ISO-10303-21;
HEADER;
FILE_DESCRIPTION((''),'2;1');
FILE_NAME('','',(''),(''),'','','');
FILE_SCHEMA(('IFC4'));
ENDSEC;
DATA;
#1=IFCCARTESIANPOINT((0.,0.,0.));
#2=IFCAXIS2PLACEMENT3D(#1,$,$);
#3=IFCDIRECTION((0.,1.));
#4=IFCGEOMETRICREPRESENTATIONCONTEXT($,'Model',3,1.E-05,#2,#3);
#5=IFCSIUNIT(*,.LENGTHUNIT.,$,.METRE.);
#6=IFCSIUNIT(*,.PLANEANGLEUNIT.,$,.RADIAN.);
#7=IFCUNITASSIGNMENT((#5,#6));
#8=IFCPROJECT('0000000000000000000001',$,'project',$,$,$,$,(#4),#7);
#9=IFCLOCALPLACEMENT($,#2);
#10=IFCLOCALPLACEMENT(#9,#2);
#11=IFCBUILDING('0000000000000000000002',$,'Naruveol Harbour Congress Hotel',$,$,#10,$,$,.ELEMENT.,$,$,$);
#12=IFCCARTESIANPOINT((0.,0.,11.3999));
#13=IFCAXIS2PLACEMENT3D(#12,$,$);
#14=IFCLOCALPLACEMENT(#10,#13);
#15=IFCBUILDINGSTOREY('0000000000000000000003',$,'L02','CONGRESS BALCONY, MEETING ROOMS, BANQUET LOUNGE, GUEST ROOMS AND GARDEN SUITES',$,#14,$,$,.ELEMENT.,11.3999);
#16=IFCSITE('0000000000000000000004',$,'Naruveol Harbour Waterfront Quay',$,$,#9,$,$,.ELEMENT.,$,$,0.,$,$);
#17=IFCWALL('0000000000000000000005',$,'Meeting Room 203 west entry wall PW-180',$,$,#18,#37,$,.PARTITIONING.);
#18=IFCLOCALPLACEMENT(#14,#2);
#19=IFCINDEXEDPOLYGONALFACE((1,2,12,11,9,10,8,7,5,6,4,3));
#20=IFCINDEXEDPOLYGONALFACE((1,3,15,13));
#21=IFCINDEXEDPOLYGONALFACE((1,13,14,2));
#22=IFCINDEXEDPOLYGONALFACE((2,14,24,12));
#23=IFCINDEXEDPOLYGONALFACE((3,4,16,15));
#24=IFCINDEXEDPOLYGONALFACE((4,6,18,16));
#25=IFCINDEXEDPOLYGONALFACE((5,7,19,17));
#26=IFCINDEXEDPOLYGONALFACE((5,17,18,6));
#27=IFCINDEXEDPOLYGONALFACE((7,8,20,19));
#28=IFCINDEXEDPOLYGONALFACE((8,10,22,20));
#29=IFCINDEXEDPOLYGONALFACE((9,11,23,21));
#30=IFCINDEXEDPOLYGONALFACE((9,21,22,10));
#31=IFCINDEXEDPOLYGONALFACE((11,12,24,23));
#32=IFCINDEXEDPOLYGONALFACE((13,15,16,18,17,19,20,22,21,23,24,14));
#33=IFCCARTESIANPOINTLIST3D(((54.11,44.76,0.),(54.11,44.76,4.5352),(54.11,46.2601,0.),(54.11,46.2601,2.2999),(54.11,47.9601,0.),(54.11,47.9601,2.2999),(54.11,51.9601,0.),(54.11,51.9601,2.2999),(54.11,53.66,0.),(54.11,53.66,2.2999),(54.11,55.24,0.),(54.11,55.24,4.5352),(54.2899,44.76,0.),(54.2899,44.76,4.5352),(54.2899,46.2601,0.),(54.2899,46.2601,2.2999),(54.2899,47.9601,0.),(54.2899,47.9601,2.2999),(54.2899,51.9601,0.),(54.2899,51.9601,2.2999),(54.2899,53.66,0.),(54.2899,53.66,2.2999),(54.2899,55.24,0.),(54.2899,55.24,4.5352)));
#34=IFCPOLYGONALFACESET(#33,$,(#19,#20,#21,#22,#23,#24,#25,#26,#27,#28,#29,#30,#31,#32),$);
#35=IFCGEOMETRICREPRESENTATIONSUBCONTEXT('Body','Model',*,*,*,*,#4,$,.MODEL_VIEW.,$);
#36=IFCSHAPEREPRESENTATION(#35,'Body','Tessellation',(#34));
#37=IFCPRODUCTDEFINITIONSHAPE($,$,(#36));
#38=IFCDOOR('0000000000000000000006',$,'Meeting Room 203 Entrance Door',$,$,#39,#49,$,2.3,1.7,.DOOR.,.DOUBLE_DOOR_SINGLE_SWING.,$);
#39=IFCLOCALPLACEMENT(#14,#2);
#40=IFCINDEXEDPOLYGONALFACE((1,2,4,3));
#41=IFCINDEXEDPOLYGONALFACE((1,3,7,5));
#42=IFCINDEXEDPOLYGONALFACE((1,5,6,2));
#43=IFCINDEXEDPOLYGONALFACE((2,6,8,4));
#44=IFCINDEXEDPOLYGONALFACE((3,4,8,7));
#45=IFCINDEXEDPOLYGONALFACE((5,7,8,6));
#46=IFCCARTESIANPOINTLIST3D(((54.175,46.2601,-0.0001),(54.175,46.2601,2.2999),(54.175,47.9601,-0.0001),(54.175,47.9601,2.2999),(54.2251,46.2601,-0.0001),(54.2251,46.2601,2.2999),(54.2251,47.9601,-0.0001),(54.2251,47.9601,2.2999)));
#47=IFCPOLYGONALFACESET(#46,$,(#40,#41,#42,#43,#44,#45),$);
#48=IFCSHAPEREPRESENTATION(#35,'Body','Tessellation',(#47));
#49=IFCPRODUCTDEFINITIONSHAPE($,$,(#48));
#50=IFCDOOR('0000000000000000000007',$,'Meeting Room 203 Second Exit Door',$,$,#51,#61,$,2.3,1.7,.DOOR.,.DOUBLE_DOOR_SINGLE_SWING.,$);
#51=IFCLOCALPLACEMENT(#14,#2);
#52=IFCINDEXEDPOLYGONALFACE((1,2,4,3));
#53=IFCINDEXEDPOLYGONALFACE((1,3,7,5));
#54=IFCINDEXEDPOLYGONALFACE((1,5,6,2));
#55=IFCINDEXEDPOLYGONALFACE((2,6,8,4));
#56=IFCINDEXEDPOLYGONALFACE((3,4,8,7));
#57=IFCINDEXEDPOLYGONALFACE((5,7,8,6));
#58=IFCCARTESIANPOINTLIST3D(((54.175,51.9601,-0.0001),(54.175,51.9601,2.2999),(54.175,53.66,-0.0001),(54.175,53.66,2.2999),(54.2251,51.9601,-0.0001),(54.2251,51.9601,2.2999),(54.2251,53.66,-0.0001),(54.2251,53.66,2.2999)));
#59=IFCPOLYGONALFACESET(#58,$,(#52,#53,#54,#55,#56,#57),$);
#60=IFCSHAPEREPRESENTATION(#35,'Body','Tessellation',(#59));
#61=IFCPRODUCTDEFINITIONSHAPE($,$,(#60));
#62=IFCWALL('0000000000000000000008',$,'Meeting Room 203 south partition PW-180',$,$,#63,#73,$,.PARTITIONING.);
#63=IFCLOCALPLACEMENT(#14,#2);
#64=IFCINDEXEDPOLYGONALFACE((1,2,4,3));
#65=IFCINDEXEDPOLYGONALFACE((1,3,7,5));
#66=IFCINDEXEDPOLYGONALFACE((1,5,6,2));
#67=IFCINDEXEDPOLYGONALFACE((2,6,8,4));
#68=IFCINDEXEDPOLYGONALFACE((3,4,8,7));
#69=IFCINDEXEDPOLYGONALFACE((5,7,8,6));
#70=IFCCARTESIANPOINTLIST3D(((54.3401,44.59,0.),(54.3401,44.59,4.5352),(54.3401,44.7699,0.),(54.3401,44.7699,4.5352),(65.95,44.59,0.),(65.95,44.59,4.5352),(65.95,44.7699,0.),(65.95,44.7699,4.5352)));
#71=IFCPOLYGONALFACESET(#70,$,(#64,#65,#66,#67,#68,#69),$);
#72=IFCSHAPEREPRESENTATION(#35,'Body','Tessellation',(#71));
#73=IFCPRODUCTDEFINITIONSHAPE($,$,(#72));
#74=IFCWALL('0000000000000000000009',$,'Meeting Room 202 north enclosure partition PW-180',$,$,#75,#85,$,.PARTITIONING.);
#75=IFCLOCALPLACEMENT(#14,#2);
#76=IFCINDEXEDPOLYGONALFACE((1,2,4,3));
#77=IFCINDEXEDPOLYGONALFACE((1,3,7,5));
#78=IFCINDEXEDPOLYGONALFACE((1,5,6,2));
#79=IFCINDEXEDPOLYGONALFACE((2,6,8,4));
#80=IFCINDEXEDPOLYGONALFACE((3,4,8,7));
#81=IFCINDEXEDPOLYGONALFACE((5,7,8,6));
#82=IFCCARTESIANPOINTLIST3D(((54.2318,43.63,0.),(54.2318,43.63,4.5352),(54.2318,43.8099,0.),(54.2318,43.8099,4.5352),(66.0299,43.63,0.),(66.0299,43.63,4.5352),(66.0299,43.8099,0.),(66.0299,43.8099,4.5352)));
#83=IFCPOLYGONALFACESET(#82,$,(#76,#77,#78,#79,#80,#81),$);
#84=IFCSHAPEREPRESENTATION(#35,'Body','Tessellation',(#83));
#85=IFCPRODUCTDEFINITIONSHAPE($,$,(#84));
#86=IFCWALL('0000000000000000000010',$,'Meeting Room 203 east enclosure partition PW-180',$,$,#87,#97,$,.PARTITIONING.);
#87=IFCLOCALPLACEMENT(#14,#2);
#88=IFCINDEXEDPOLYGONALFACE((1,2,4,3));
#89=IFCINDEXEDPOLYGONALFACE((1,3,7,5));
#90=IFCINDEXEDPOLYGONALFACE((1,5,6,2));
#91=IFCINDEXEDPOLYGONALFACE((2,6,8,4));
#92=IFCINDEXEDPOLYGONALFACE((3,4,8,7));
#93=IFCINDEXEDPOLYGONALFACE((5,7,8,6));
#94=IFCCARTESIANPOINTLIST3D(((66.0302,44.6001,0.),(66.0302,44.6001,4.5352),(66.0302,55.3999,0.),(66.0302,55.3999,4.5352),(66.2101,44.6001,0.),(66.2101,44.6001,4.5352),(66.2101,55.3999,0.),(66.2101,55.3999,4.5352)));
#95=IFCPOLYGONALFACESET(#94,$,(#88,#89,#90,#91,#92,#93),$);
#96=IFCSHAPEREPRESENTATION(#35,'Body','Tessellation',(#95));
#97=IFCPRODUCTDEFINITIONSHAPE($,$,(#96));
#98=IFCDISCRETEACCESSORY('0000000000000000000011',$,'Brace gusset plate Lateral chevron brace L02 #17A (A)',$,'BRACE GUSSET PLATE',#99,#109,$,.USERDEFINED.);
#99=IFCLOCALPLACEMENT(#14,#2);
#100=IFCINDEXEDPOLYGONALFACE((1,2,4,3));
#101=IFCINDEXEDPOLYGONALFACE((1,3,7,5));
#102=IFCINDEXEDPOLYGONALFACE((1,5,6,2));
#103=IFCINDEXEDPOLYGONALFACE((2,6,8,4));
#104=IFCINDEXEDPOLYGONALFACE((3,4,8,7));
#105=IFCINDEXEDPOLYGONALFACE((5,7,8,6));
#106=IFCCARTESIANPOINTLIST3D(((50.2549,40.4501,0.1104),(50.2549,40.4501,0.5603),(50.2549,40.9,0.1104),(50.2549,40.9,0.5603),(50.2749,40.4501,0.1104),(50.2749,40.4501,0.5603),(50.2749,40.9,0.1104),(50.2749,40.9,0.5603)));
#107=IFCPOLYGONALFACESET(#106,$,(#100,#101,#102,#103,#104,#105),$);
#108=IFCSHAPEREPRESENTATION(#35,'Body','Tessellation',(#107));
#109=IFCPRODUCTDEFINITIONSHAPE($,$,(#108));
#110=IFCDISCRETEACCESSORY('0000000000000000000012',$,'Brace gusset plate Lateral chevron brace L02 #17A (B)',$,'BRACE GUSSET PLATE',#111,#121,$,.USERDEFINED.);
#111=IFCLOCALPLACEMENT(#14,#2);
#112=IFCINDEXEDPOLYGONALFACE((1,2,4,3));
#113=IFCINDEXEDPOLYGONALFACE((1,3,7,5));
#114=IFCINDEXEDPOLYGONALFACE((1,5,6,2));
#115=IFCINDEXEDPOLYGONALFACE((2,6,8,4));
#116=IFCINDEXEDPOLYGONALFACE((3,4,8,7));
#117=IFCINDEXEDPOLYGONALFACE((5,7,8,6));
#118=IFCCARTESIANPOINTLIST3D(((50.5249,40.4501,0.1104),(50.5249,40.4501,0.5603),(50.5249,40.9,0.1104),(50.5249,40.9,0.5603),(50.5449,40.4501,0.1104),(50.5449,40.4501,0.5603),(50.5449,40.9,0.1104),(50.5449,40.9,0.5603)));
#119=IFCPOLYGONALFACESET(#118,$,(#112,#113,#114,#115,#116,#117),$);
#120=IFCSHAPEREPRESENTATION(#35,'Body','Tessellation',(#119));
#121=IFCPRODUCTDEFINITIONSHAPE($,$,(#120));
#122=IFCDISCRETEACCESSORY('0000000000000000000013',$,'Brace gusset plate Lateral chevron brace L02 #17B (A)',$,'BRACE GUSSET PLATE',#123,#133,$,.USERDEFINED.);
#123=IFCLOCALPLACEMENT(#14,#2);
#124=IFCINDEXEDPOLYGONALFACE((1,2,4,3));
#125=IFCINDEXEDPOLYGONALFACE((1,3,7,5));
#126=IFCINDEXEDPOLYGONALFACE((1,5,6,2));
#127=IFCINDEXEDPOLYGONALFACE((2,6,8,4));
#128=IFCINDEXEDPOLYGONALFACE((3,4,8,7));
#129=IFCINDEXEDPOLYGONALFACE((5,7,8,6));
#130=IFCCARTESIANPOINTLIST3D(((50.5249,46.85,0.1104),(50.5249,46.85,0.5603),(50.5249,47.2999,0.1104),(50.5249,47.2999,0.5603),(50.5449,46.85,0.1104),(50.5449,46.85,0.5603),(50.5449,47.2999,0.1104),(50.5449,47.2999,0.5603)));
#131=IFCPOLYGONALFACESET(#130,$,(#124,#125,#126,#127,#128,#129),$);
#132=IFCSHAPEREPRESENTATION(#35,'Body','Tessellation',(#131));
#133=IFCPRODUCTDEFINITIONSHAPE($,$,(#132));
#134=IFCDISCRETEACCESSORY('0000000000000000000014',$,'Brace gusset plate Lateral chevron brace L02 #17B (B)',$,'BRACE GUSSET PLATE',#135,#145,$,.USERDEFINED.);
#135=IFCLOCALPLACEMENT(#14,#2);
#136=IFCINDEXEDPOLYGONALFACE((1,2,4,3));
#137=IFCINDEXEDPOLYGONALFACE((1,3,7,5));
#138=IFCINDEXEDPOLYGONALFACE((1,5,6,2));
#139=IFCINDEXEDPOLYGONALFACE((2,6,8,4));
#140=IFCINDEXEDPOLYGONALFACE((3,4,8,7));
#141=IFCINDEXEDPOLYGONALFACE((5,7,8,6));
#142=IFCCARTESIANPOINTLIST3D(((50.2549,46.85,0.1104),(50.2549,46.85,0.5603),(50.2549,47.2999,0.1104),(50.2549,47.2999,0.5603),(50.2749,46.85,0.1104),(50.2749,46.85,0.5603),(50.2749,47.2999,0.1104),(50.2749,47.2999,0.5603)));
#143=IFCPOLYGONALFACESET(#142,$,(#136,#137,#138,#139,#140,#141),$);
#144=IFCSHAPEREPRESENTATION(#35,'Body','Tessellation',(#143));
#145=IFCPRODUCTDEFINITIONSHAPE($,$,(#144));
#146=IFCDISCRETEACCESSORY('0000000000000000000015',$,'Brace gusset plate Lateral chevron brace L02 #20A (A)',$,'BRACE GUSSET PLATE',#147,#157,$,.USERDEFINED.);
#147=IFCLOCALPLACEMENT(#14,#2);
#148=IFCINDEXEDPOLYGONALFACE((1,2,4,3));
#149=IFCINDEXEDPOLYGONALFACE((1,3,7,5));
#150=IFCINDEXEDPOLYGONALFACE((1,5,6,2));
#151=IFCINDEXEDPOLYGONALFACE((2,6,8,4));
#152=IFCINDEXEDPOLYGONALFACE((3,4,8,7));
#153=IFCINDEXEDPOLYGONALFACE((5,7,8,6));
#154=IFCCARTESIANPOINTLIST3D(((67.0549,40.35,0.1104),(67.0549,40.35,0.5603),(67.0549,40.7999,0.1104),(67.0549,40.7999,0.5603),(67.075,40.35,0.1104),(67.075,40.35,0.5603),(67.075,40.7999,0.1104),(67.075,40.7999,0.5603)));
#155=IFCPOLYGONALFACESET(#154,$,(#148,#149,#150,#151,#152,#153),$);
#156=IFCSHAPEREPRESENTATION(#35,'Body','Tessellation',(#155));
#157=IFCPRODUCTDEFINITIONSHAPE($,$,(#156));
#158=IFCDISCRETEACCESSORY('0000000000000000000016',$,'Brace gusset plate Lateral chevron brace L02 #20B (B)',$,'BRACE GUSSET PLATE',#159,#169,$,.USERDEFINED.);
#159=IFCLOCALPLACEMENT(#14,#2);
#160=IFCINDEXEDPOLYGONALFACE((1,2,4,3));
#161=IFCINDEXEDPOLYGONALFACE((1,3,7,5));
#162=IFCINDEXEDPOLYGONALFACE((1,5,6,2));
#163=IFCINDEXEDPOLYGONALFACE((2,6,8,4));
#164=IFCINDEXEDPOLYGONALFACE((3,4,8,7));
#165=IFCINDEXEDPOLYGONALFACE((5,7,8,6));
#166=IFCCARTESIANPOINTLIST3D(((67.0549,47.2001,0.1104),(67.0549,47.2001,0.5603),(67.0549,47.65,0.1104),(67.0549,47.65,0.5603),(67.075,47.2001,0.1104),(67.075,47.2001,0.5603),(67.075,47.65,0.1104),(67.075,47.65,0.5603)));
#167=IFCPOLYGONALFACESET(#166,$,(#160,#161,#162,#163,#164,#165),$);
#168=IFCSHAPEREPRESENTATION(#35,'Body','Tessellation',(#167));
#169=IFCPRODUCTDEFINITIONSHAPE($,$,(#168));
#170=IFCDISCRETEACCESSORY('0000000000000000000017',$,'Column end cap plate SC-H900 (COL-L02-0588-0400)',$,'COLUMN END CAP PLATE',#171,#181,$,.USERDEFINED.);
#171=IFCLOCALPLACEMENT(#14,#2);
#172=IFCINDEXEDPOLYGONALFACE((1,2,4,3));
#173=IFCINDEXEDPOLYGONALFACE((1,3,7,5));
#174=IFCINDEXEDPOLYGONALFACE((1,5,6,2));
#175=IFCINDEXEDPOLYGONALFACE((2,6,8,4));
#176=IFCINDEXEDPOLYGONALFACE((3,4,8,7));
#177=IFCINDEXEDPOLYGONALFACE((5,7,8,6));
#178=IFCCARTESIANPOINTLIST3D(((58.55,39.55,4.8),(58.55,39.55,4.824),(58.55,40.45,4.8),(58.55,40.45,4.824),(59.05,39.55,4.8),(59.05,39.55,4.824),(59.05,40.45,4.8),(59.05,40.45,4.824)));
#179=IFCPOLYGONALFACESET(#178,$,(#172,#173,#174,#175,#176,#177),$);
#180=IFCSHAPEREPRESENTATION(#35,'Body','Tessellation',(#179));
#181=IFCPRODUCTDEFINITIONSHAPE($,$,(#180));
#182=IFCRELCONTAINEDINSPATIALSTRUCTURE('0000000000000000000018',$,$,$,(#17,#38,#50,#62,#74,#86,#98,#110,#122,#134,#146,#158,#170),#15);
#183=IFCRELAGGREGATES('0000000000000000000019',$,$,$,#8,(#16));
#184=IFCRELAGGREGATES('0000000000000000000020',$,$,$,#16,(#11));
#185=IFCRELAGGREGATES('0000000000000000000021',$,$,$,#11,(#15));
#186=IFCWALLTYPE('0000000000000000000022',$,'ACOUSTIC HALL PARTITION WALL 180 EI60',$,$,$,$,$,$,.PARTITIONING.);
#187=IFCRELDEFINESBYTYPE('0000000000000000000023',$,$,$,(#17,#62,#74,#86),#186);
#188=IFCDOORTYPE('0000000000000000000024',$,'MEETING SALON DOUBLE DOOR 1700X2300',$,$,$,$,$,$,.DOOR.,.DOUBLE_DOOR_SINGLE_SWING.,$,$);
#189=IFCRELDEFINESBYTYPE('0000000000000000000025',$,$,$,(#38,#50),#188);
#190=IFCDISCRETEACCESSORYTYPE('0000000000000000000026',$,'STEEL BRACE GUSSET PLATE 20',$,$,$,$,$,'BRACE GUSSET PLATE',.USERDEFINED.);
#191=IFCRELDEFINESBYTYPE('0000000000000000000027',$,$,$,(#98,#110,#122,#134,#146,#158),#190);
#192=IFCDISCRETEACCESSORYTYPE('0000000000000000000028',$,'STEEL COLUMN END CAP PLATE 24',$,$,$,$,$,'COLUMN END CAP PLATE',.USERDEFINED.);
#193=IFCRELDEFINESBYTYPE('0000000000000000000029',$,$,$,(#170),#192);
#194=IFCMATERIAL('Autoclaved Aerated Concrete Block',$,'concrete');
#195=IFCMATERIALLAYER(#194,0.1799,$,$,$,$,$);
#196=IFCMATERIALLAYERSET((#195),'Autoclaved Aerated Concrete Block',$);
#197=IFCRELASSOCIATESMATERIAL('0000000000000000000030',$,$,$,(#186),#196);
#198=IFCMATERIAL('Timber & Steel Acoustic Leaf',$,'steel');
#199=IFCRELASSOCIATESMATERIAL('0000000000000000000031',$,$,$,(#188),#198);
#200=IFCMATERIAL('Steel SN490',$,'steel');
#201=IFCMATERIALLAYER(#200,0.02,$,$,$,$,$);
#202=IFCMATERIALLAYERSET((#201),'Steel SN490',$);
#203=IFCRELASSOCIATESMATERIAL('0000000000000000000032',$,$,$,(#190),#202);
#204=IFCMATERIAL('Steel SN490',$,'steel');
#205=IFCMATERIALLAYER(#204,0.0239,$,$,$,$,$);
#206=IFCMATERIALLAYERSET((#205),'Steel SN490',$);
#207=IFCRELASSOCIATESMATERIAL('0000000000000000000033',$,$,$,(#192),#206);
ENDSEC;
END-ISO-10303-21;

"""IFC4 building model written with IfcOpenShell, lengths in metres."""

from ifc_helpers import new_model, si_unit, direction, frame, frame_2d, origin, origin_2d, place, context, subcontext, project, spatial, rectangle, extrude, material, layer, layer_set, type_object, element, fill, save


model = new_model("IFC4")

# Units and contexts
model_context = context("Model", 3, precision=1e-05, world=origin(), true_north=direction((0.0, 1.0)))
body_context = subcontext(model_context, "Body", "Model", "MODEL_VIEW")
ifc_project = project(units=[si_unit("LENGTHUNIT", "METRE"), si_unit("PLANEANGLEUNIT", "RADIAN")], contexts=[model_context])

# Site, building, storey
site_placement = place(None, origin())
site = spatial("IfcSite", under=ifc_project, at=site_placement, Name="Naruveol Harbour Waterfront Quay", CompositionType="ELEMENT", RefElevation=0.0)
building_placement = place(site_placement, origin())
building = spatial("IfcBuilding", under=site, at=building_placement, Name="Naruveol Harbour Congress Hotel", CompositionType="ELEMENT")
storey_placement = place(building_placement, frame((0.0, 0.0, 11.3999)))
storey = spatial("IfcBuildingStorey", under=building, at=storey_placement, Name="L02", Description="CONGRESS BALCONY, MEETING ROOMS, BANQUET LOUNGE, GUEST ROOMS AND GARDEN SUITES", CompositionType="ELEMENT", Elevation=11.3999)

# Shared definitions
ifc_material_1 = material(Name="Autoclaved Aerated Concrete Block", Category="concrete")
ifc_layer_1 = layer(ifc_material_1, 0.1799)
ifc_layer_set_1 = layer_set([ifc_layer_1], Name="Autoclaved Aerated Concrete Block")
wall_type = type_object("IfcWallType", Name="ACOUSTIC HALL PARTITION WALL 180 EI60", PredefinedType="PARTITIONING", material=ifc_layer_set_1)
ifc_material_2 = material(Name="Timber & Steel Acoustic Leaf", Category="steel")
door_type = type_object("IfcDoorType", Name="MEETING SALON DOUBLE DOOR 1700X2300", OperationType="DOUBLE_DOOR_SINGLE_SWING", PredefinedType="DOOR", material=ifc_material_2)

# Wall, openings, doors
wall_1_placement = place(storey_placement, frame((54.2, 44.76, 0.0), z_axis=(0.0, 0.0, 1.0), x_axis=(0.0, 1.0, 0.0)))
wall_1 = element("IfcWall", 1, at=wall_1_placement, inside=storey, type_object=wall_type, Name="Meeting Room 203 west entry wall PW-180", PredefinedType="PARTITIONING", context=body_context, shape_type="SweptSolid", body=[
    extrude(rectangle(XDim=10.48, YDim=0.1799, at=frame_2d((5.24, 0.0))), origin(), (0.0, 0.0, 1.0), 4.5352),
])
opening_1_placement = place(wall_1_placement, frame((1.5, 0.0, 0.0)))
opening_1 = element("IfcOpeningElement", 2, at=opening_1_placement, cuts=wall_1, PredefinedType="OPENING", context=body_context, shape_type="SweptSolid", body=[
    extrude(rectangle(XDim=1.7, YDim=2.3, at=frame_2d((0.8501, 1.1499))), frame((0.0, 0.0999, 0.0), z_axis=(0.0, -1.0, 0.0), x_axis=(1.0, 0.0, 0.0)), (0.0, 0.0, 1.0), 0.2),
])
opening_2_placement = place(wall_1_placement, frame((7.2, 0.0, 0.0)))
opening_2 = element("IfcOpeningElement", 3, at=opening_2_placement, cuts=wall_1, PredefinedType="OPENING", context=body_context, shape_type="SweptSolid", body=[
    extrude(rectangle(XDim=1.7, YDim=2.3, at=frame_2d((0.8501, 1.1499))), frame((0.0, 0.0999, 0.0), z_axis=(0.0, -1.0, 0.0), x_axis=(1.0, 0.0, 0.0)), (0.0, 0.0, 1.0), 0.2),
])
door_1_placement = place(opening_1_placement, origin())
door_1 = element("IfcDoor", 4, at=door_1_placement, inside=storey, type_object=door_type, Name="Meeting Room 203 Entrance Door", OperationType="DOUBLE_DOOR_SINGLE_SWING", OverallHeight=2.3, OverallWidth=1.7, PredefinedType="DOOR", context=body_context, shape_type="SweptSolid", body=[
    extrude(rectangle(XDim=1.7, YDim=2.3, at=frame_2d((0.8501, 1.1499))), frame((0.0, 0.0249, 0.0), z_axis=(0.0, -1.0, 0.0), x_axis=(1.0, 0.0, 0.0)), (0.0, 0.0, 1.0), 0.05),
])
fill(opening_1, door_1)
door_2_placement = place(opening_2_placement, origin())
door_2 = element("IfcDoor", 5, at=door_2_placement, inside=storey, type_object=door_type, Name="Meeting Room 203 Second Exit Door", OperationType="DOUBLE_DOOR_SINGLE_SWING", OverallHeight=2.3, OverallWidth=1.7, PredefinedType="DOOR", context=body_context, shape_type="SweptSolid", body=[
    extrude(rectangle(XDim=1.7, YDim=2.3, at=frame_2d((0.8501, 1.1499))), frame((0.0, 0.0249, 0.0), z_axis=(0.0, -1.0, 0.0), x_axis=(1.0, 0.0, 0.0)), (0.0, 0.0, 1.0), 0.05),
])
fill(opening_2, door_2)

# Walls
wall_2_placement = place(storey_placement, frame((54.3401, 44.6799, 0.0), z_axis=(0.0, 0.0, 1.0), x_axis=(1.0, 0.0, 0.0)))
element("IfcWall", 6, at=wall_2_placement, inside=storey, type_object=wall_type, Name="Meeting Room 203 south partition PW-180", PredefinedType="PARTITIONING", context=body_context, shape_type="SweptSolid", body=[
    extrude(rectangle(XDim=11.6099, YDim=0.1799, at=frame_2d((5.8049, 0.0))), origin(), (0.0, 0.0, 1.0), 4.5352),
])
wall_3_placement = place(storey_placement, frame((54.2319, 43.72, 0.0), z_axis=(0.0, 0.0, 1.0), x_axis=(1.0, 0.0, 0.0)))
element("IfcWall", 7, at=wall_3_placement, inside=storey, type_object=wall_type, Name="Meeting Room 202 north enclosure partition PW-180", PredefinedType="PARTITIONING", context=body_context, shape_type="SweptSolid", body=[
    extrude(rectangle(XDim=11.7981, YDim=0.1799, at=frame_2d((5.8989, 0.0))), origin(), (0.0, 0.0, 1.0), 4.5352),
])
wall_4_placement = place(storey_placement, frame((66.1201, 44.6001, 0.0), z_axis=(0.0, 0.0, 1.0), x_axis=(0.0, 1.0, 0.0)))
element("IfcWall", 8, at=wall_4_placement, inside=storey, type_object=wall_type, Name="Meeting Room 203 east enclosure partition PW-180", PredefinedType="PARTITIONING", context=body_context, shape_type="SweptSolid", body=[
    extrude(rectangle(XDim=10.7998, YDim=0.1799, at=frame_2d((5.3999, 0.0))), origin(), (0.0, 0.0, 1.0), 4.5352),
])

# Discrete accessories
ifc_material_3 = material(Name="Steel SN490", Category="steel")
ifc_layer_2 = layer(ifc_material_3, 0.02)
ifc_layer_set_2 = layer_set([ifc_layer_2], Name="Steel SN490")
discrete_accessory_type_1 = type_object("IfcDiscreteAccessoryType", Name="STEEL BRACE GUSSET PLATE 20", ElementType="BRACE GUSSET PLATE", PredefinedType="USERDEFINED", material=ifc_layer_set_2)
for number, where, z_axis, x_axis, name in (
    (9, (50.2649, 40.675, 0.1104), (0.0, 0.0, 1.0), (0.0, 1.0, 0.0), "Brace gusset plate Lateral chevron brace L02 #17A (A)"),
    (10, (50.5349, 40.675, 0.1104), (0.0, 0.0, 1.0), (0.0, 1.0, 0.0), "Brace gusset plate Lateral chevron brace L02 #17A (B)"),
    (11, (50.5349, 47.075, 0.1104), (0.0, 0.0, 1.0), (0.0, -1.0, 0.0), "Brace gusset plate Lateral chevron brace L02 #17B (A)"),
    (12, (50.2649, 47.075, 0.1104), (0.0, 0.0, 1.0), (0.0, -1.0, 0.0), "Brace gusset plate Lateral chevron brace L02 #17B (B)"),
    (13, (67.0649, 40.575, 0.1104), (0.0, 0.0, 1.0), (0.0, 1.0, 0.0), "Brace gusset plate Lateral chevron brace L02 #20A (A)"),
    (14, (67.0649, 47.425, 0.1104), (0.0, 0.0, 1.0), (0.0, -1.0, 0.0), "Brace gusset plate Lateral chevron brace L02 #20B (B)"),
):
    element("IfcDiscreteAccessory", number, at=place(storey_placement, frame(where, z_axis=z_axis, x_axis=x_axis)), inside=storey, type_object=discrete_accessory_type_1, Name=name, ObjectType="BRACE GUSSET PLATE", PredefinedType="USERDEFINED", context=body_context, shape_type="SweptSolid", body=[
        extrude(rectangle(XDim=0.45, YDim=0.02, at=origin_2d()), origin(), (0.0, 0.0, 1.0), 0.45),
    ])
ifc_material_4 = material(Name="Steel SN490", Category="steel")
ifc_layer_3 = layer(ifc_material_4, 0.0239)
ifc_layer_set_3 = layer_set([ifc_layer_3], Name="Steel SN490")
discrete_accessory_type_2 = type_object("IfcDiscreteAccessoryType", Name="STEEL COLUMN END CAP PLATE 24", ElementType="COLUMN END CAP PLATE", PredefinedType="USERDEFINED", material=ifc_layer_set_3)
discrete_accessory_placement = place(storey_placement, frame((58.8, 40.0, 4.8), z_axis=(0.0, 0.0, 1.0), x_axis=(1.0, 0.0, 0.0)))
element("IfcDiscreteAccessory", 15, at=discrete_accessory_placement, inside=storey, type_object=discrete_accessory_type_2, Name="Column end cap plate SC-H900 (COL-L02-0588-0400)", ObjectType="COLUMN END CAP PLATE", PredefinedType="USERDEFINED", context=body_context, shape_type="SweptSolid", body=[
    extrude(rectangle(XDim=0.5, YDim=0.8999, at=origin_2d()), origin(), (0.0, 0.0, 1.0), 0.0239),
])

save(model, "model.ifc")
